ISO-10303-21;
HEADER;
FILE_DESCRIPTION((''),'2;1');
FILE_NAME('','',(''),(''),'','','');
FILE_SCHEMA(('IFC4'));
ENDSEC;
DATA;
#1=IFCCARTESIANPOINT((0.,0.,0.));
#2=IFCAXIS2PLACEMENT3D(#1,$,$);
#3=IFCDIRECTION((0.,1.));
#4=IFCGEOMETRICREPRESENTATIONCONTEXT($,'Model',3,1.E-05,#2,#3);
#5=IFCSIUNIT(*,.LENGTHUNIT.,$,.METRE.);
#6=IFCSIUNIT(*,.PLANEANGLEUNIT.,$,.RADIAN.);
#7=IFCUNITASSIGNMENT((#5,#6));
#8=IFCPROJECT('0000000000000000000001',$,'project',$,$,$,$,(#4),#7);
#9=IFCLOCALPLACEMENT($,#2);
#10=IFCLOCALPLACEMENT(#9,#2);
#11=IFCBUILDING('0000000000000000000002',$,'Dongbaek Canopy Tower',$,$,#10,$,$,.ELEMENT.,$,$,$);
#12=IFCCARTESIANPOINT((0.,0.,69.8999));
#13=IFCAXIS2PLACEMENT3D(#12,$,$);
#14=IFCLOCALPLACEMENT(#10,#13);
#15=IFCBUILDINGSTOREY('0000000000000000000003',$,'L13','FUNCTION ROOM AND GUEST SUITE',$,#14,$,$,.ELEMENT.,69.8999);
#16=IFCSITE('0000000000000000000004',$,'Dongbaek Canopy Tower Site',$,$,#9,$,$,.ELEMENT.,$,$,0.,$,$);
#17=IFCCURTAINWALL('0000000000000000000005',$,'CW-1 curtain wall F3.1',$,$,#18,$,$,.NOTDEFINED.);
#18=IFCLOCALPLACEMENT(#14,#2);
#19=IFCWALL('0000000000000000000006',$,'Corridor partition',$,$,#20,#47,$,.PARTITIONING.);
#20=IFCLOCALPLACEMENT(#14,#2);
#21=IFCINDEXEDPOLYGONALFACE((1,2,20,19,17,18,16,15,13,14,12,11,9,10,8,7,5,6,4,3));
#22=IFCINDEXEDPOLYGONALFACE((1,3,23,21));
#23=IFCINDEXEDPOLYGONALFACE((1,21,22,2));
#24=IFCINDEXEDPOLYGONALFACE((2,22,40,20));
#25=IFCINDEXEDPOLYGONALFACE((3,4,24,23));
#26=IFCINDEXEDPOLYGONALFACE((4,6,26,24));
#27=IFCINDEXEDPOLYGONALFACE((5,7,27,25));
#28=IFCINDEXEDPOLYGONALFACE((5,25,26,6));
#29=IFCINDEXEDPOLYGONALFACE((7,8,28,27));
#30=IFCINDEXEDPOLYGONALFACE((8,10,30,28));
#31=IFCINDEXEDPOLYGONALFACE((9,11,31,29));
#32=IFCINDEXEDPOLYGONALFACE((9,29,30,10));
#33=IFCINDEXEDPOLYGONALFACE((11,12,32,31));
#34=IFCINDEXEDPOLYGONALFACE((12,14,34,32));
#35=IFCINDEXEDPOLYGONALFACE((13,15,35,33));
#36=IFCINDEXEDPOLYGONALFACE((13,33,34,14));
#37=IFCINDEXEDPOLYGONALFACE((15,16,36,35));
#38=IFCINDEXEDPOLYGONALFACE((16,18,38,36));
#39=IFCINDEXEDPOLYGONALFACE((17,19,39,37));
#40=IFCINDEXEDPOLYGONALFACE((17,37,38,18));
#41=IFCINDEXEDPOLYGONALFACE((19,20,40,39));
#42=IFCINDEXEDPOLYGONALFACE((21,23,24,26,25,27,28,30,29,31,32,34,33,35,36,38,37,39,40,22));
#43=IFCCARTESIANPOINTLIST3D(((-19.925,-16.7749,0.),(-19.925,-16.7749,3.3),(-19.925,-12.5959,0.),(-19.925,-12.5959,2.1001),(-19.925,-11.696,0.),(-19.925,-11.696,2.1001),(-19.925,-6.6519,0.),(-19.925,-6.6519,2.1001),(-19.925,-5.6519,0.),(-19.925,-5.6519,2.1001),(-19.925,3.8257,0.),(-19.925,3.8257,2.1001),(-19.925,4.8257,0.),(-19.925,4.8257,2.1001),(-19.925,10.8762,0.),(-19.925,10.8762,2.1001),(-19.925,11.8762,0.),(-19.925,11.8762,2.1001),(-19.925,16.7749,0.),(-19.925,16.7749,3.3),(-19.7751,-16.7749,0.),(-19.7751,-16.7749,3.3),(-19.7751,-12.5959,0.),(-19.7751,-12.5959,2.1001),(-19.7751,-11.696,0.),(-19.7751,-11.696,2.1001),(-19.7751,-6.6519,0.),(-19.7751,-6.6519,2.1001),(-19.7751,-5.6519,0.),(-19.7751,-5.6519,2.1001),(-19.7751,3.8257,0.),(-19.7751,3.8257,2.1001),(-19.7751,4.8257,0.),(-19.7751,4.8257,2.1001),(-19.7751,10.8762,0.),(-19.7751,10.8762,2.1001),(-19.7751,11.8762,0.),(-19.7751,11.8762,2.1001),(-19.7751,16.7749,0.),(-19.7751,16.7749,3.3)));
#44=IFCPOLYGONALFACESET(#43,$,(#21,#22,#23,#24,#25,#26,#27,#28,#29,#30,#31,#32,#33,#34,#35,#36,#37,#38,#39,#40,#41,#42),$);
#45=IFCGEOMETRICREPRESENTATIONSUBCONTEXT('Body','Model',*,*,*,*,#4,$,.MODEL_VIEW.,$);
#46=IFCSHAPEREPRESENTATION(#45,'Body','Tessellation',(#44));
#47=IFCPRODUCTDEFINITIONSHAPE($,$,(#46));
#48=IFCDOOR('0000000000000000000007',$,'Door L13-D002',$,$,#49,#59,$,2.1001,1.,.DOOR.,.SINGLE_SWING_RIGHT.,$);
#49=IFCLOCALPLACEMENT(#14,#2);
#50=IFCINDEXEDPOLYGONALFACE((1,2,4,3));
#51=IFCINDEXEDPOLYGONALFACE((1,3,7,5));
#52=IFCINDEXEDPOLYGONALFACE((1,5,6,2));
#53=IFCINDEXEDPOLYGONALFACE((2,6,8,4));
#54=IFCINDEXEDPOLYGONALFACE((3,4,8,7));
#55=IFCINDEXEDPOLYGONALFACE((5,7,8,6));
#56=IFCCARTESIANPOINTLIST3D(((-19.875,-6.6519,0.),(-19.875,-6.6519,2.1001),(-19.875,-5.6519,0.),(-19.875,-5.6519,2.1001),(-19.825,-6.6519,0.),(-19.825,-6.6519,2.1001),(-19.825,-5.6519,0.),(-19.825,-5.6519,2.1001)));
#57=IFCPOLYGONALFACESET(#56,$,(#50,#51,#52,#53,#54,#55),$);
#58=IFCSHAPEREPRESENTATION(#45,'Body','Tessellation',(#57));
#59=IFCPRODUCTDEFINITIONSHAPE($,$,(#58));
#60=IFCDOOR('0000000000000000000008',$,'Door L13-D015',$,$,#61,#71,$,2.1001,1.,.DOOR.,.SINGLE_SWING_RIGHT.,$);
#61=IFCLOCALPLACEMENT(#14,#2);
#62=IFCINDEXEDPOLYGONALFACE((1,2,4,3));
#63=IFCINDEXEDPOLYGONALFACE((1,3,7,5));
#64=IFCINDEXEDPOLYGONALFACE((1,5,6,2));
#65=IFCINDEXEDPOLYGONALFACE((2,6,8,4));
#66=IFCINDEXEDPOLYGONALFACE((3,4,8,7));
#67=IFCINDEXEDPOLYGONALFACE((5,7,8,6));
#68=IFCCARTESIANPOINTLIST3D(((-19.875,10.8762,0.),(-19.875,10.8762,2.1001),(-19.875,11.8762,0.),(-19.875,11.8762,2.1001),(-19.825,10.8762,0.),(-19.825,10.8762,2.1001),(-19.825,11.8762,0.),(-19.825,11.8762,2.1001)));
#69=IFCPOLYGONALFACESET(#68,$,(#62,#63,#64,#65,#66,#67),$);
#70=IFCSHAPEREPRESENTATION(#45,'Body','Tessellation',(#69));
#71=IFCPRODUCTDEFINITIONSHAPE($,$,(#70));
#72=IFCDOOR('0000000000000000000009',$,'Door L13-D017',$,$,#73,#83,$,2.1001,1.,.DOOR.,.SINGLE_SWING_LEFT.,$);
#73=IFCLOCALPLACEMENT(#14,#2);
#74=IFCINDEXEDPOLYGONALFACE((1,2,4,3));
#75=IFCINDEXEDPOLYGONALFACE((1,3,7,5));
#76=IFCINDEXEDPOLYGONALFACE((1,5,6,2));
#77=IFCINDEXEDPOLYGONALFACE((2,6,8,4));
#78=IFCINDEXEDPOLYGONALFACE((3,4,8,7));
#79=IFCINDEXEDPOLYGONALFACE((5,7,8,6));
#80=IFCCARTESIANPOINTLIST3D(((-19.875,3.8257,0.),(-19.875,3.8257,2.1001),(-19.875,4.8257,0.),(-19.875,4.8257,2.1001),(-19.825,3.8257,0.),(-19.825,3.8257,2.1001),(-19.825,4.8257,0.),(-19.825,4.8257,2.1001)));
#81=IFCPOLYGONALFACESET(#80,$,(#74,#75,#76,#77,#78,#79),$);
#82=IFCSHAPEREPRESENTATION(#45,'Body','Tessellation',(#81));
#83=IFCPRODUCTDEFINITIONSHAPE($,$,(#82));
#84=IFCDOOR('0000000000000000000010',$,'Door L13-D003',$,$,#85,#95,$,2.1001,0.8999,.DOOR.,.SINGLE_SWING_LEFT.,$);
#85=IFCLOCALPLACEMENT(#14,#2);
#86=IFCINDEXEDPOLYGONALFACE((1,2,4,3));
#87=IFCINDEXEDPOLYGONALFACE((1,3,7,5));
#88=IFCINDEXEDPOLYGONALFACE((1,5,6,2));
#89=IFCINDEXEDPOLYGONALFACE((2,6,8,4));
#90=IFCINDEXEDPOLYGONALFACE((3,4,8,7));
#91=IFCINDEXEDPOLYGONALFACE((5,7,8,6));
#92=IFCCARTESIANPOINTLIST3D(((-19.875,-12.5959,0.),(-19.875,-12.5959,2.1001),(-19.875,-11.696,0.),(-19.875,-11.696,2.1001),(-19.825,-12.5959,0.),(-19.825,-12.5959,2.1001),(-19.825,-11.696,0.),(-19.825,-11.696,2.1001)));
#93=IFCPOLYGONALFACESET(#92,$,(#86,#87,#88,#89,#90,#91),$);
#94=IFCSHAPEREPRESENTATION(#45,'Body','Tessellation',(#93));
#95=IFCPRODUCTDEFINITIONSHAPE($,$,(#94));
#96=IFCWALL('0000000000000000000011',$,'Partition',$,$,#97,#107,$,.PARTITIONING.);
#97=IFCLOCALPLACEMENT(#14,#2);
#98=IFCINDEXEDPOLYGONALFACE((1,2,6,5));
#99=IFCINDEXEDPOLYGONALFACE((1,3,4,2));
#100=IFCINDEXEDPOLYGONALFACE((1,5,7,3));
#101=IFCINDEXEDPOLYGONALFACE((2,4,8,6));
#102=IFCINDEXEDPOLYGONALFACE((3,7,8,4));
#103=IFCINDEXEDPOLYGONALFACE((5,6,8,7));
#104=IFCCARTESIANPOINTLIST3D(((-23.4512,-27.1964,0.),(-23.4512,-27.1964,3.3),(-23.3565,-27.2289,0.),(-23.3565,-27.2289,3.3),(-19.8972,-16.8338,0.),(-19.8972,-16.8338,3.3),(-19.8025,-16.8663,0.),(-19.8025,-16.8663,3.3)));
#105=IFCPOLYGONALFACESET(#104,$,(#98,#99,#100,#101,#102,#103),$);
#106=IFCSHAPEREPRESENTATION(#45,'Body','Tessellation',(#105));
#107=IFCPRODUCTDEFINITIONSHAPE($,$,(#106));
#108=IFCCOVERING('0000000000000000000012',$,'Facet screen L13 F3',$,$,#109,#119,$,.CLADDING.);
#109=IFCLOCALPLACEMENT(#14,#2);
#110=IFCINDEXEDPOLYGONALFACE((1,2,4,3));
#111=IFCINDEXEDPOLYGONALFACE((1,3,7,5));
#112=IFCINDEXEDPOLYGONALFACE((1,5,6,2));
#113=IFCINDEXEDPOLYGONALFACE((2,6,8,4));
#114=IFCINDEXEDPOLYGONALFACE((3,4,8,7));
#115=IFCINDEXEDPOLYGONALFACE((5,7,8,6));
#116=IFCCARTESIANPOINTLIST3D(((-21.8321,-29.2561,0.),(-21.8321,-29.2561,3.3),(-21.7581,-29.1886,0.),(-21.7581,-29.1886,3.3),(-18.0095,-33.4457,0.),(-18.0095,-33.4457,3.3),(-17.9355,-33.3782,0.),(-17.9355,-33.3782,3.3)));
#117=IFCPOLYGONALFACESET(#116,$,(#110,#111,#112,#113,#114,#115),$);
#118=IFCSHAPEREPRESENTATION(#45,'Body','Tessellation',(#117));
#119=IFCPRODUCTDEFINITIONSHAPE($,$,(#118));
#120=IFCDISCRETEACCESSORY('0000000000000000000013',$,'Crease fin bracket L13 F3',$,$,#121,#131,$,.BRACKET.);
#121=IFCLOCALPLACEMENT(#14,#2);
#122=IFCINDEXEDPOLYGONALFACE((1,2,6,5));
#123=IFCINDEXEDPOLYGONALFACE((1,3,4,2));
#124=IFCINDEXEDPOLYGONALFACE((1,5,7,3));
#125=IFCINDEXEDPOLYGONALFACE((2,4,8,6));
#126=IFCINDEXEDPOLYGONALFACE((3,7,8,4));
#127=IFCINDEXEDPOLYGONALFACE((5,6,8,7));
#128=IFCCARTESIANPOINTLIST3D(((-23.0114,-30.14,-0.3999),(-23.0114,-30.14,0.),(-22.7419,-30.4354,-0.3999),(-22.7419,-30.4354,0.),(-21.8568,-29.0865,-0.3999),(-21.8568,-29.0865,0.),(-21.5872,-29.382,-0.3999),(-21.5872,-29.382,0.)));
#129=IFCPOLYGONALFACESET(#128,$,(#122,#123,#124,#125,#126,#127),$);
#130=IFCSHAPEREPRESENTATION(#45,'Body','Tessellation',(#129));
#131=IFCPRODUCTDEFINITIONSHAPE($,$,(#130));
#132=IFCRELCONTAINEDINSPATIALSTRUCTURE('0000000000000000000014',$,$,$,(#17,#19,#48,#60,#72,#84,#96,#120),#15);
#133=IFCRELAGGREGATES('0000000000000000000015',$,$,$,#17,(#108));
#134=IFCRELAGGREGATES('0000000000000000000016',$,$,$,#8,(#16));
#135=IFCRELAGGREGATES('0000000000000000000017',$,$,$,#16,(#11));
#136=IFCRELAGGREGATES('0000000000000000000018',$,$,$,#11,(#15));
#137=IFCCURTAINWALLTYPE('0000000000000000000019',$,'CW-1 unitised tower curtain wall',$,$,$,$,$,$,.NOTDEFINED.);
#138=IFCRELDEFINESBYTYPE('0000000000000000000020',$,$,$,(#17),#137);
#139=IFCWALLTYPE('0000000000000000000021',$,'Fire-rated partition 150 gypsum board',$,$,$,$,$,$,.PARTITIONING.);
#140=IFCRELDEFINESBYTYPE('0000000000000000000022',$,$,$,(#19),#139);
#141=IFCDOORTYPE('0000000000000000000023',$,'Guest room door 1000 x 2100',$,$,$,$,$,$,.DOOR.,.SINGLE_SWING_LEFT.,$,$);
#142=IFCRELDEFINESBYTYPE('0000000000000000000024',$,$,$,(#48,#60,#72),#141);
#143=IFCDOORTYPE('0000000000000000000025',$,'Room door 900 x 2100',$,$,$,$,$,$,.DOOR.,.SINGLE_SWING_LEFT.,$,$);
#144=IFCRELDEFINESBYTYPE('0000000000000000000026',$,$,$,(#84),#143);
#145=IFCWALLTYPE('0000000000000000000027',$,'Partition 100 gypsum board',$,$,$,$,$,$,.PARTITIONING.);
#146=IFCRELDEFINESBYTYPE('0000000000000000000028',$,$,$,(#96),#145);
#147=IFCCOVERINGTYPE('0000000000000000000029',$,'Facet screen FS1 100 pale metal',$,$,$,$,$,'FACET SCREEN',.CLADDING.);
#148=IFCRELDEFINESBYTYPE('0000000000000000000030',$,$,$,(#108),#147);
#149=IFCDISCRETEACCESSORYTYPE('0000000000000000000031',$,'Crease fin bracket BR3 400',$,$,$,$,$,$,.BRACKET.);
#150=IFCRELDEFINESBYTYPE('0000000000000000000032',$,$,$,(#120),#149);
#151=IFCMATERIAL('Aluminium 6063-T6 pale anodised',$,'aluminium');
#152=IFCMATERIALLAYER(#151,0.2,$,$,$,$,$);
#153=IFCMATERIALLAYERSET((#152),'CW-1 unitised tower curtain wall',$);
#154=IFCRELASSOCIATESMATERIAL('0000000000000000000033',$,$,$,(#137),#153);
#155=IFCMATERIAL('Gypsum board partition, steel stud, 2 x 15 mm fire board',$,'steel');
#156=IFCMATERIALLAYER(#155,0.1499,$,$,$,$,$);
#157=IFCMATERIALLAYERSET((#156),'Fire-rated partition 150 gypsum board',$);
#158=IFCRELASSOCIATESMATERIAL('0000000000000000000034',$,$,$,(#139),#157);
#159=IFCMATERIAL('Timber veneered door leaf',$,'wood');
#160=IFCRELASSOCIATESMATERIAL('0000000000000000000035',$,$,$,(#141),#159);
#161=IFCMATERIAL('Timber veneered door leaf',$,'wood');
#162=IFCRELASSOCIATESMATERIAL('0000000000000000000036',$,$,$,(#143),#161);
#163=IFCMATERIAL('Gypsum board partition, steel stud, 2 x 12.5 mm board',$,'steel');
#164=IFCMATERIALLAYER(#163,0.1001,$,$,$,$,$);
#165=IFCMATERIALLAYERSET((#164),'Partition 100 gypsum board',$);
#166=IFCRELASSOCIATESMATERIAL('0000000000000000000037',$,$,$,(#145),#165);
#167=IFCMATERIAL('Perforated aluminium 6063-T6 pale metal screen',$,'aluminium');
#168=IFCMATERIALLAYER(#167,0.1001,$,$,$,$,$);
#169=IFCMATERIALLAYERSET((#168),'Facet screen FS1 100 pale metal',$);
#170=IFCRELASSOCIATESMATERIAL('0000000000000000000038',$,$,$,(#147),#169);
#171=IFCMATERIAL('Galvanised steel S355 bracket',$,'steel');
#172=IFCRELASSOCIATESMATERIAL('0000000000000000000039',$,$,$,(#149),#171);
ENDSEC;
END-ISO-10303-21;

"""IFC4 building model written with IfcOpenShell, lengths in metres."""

from ifc_helpers import new_model, si_unit, direction, frame, frame_2d, origin, origin_2d, place, context, subcontext, project, spatial, rectangle, extrude, material, layer, layer_set, type_object, element, fill, aggregate, save


model = new_model("IFC4")

# Units and contexts
model_context = context("Model", 3, precision=1e-05, world=origin(), true_north=direction((0.0, 1.0)))
body_context = subcontext(model_context, "Body", "Model", "MODEL_VIEW")
ifc_project = project(units=[si_unit("LENGTHUNIT", "METRE"), si_unit("PLANEANGLEUNIT", "RADIAN")], contexts=[model_context])

# Site, building, storey
site_placement = place(None, origin())
site = spatial("IfcSite", under=ifc_project, at=site_placement, Name="Dongbaek Canopy Tower Site", CompositionType="ELEMENT", RefElevation=0.0)
building_placement = place(site_placement, origin())
building = spatial("IfcBuilding", under=site, at=building_placement, Name="Dongbaek Canopy Tower", CompositionType="ELEMENT")
storey_placement = place(building_placement, frame((0.0, 0.0, 69.8999)))
storey = spatial("IfcBuildingStorey", under=building, at=storey_placement, Name="L13", Description="FUNCTION ROOM AND GUEST SUITE", CompositionType="ELEMENT", Elevation=69.8999)

# Curtain wall
ifc_material_1 = material(Name="Aluminium 6063-T6 pale anodised", Category="aluminium")
ifc_layer_1 = layer(ifc_material_1, 0.2)
ifc_layer_set_1 = layer_set([ifc_layer_1], Name="CW-1 unitised tower curtain wall")
curtain_wall_type = type_object("IfcCurtainWallType", Name="CW-1 unitised tower curtain wall", PredefinedType="NOTDEFINED", material=ifc_layer_set_1)
curtain_wall_placement = place(storey_placement, origin())
curtain_wall = element("IfcCurtainWall", 1, at=curtain_wall_placement, inside=storey, type_object=curtain_wall_type, Name="CW-1 curtain wall F3.1", PredefinedType="NOTDEFINED")

# Wall, openings, doors
ifc_material_2 = material(Name="Gypsum board partition, steel stud, 2 x 15 mm fire board", Category="steel")
ifc_layer_2 = layer(ifc_material_2, 0.1499)
ifc_layer_set_2 = layer_set([ifc_layer_2], Name="Fire-rated partition 150 gypsum board")
wall_type_1 = type_object("IfcWallType", Name="Fire-rated partition 150 gypsum board", PredefinedType="PARTITIONING", material=ifc_layer_set_2)
wall_1_placement = place(storey_placement, frame((-19.8501, -16.7749, 0.0), z_axis=(0.0, 0.0, 1.0), x_axis=(0.0, 1.0, 0.0)))
wall_1 = element("IfcWall", 2, at=wall_1_placement, inside=storey, type_object=wall_type_1, Name="Corridor partition", PredefinedType="PARTITIONING", context=body_context, shape_type="SweptSolid", body=[
    extrude(rectangle(XDim=33.5498, YDim=0.1499, at=frame_2d((16.7749, 0.0))), origin(), (0.0, 0.0, 1.0), 3.3),
])
opening_1_placement = place(wall_1_placement, frame((10.123, 0.0, 0.0)))
opening_1 = element("IfcOpeningElement", 3, at=opening_1_placement, cuts=wall_1, PredefinedType="OPENING", context=body_context, shape_type="SweptSolid", body=[
    extrude(rectangle(XDim=1.0, YDim=2.1001, at=frame_2d((0.5, 1.05))), frame((0.0, 0.085, 0.0), z_axis=(0.0, -1.0, 0.0), x_axis=(1.0, 0.0, 0.0)), (0.0, 0.0, 1.0), 0.1699),
])
opening_2_placement = place(wall_1_placement, frame((4.179, 0.0, 0.0)))
opening_2 = element("IfcOpeningElement", 4, at=opening_2_placement, cuts=wall_1, PredefinedType="OPENING", context=body_context, shape_type="SweptSolid", body=[
    extrude(rectangle(XDim=0.8999, YDim=2.1001, at=frame_2d((0.45, 1.05))), frame((0.0, 0.085, 0.0), z_axis=(0.0, -1.0, 0.0), x_axis=(1.0, 0.0, 0.0)), (0.0, 0.0, 1.0), 0.1699),
])
opening_3_placement = place(wall_1_placement, frame((27.6511, 0.0, 0.0)))
opening_3 = element("IfcOpeningElement", 5, at=opening_3_placement, cuts=wall_1, PredefinedType="OPENING", context=body_context, shape_type="SweptSolid", body=[
    extrude(rectangle(XDim=1.0, YDim=2.1001, at=frame_2d((0.5, 1.05))), frame((0.0, 0.085, 0.0), z_axis=(0.0, -1.0, 0.0), x_axis=(1.0, 0.0, 0.0)), (0.0, 0.0, 1.0), 0.1699),
])
opening_4_placement = place(wall_1_placement, frame((20.6006, 0.0, 0.0)))
opening_4 = element("IfcOpeningElement", 6, at=opening_4_placement, cuts=wall_1, PredefinedType="OPENING", context=body_context, shape_type="SweptSolid", body=[
    extrude(rectangle(XDim=1.0, YDim=2.1001, at=frame_2d((0.5, 1.05))), frame((0.0, 0.085, 0.0), z_axis=(0.0, -1.0, 0.0), x_axis=(1.0, 0.0, 0.0)), (0.0, 0.0, 1.0), 0.1699),
])
ifc_material_3 = material(Name="Timber veneered door leaf", Category="wood")
door_type_1 = type_object("IfcDoorType", Name="Guest room door 1000 x 2100", OperationType="SINGLE_SWING_LEFT", PredefinedType="DOOR", material=ifc_material_3)
door_1_placement = place(opening_1_placement, origin())
door_1 = element("IfcDoor", 7, at=door_1_placement, inside=storey, type_object=door_type_1, Name="Door L13-D002", OperationType="SINGLE_SWING_RIGHT", OverallHeight=2.1001, OverallWidth=1.0, PredefinedType="DOOR", context=body_context, shape_type="SweptSolid", body=[
    extrude(rectangle(XDim=1.0, YDim=2.1001, at=frame_2d((0.5, 1.05))), frame((0.0, 0.0249, 0.0), z_axis=(0.0, -1.0, 0.0), x_axis=(1.0, 0.0, 0.0)), (0.0, 0.0, 1.0), 0.05),
])
fill(opening_1, door_1)
door_2_placement = place(opening_3_placement, origin())
door_2 = element("IfcDoor", 8, at=door_2_placement, inside=storey, type_object=door_type_1, Name="Door L13-D015", OperationType="SINGLE_SWING_RIGHT", OverallHeight=2.1001, OverallWidth=1.0, PredefinedType="DOOR", context=body_context, shape_type="SweptSolid", body=[
    extrude(rectangle(XDim=1.0, YDim=2.1001, at=frame_2d((0.5, 1.05))), frame((0.0, 0.0249, 0.0), z_axis=(0.0, -1.0, 0.0), x_axis=(1.0, 0.0, 0.0)), (0.0, 0.0, 1.0), 0.05),
])
fill(opening_3, door_2)
door_3_placement = place(opening_4_placement, origin())
door_3 = element("IfcDoor", 9, at=door_3_placement, inside=storey, type_object=door_type_1, Name="Door L13-D017", OperationType="SINGLE_SWING_LEFT", OverallHeight=2.1001, OverallWidth=1.0, PredefinedType="DOOR", context=body_context, shape_type="SweptSolid", body=[
    extrude(rectangle(XDim=1.0, YDim=2.1001, at=frame_2d((0.5, 1.05))), frame((0.0, 0.0249, 0.0), z_axis=(0.0, -1.0, 0.0), x_axis=(1.0, 0.0, 0.0)), (0.0, 0.0, 1.0), 0.05),
])
fill(opening_4, door_3)
ifc_material_4 = material(Name="Timber veneered door leaf", Category="wood")
door_type_2 = type_object("IfcDoorType", Name="Room door 900 x 2100", OperationType="SINGLE_SWING_LEFT", PredefinedType="DOOR", material=ifc_material_4)
door_4_placement = place(opening_2_placement, origin())
door_4 = element("IfcDoor", 10, at=door_4_placement, inside=storey, type_object=door_type_2, Name="Door L13-D003", OperationType="SINGLE_SWING_LEFT", OverallHeight=2.1001, OverallWidth=0.8999, PredefinedType="DOOR", context=body_context, shape_type="SweptSolid", body=[
    extrude(rectangle(XDim=0.8999, YDim=2.1001, at=frame_2d((0.45, 1.05))), frame((0.0, 0.0249, 0.0), z_axis=(0.0, -1.0, 0.0), x_axis=(1.0, 0.0, 0.0)), (0.0, 0.0, 1.0), 0.05),
])
fill(opening_2, door_4)

# Wall
ifc_material_5 = material(Name="Gypsum board partition, steel stud, 2 x 12.5 mm board", Category="steel")
ifc_layer_3 = layer(ifc_material_5, 0.1001)
ifc_layer_set_3 = layer_set([ifc_layer_3], Name="Partition 100 gypsum board")
wall_type_2 = type_object("IfcWallType", Name="Partition 100 gypsum board", PredefinedType="PARTITIONING", material=ifc_layer_set_3)
wall_2_placement = place(storey_placement, frame((-23.4038, -27.2126, 0.0), z_axis=(0.0, 0.0, 1.0), x_axis=(0.324413, 0.945916, 0.0)))
element("IfcWall", 11, at=wall_2_placement, inside=storey, type_object=wall_type_2, Name="Partition", PredefinedType="PARTITIONING", context=body_context, shape_type="SweptSolid", body=[
    extrude(rectangle(XDim=10.9551, YDim=0.1001, at=frame_2d((5.4775, 0.0))), origin(), (0.0, 0.0, 1.0), 3.3),
])

# Covering
ifc_material_6 = material(Name="Perforated aluminium 6063-T6 pale metal screen", Category="aluminium")
ifc_layer_4 = layer(ifc_material_6, 0.1001)
ifc_layer_set_4 = layer_set([ifc_layer_4], Name="Facet screen FS1 100 pale metal")
covering_type = type_object("IfcCoveringType", Name="Facet screen FS1 100 pale metal", ElementType="FACET SCREEN", PredefinedType="CLADDING", material=ifc_layer_set_4)
covering_placement = place(storey_placement, frame((-19.8838, -31.3171, 0.0), z_axis=(0.0, 0.0, 1.0), x_axis=(0.674012, -0.73872, 0.0)))
covering = element("IfcCovering", 12, at=covering_placement, type_object=covering_type, Name="Facet screen L13 F3", PredefinedType="CLADDING", context=body_context, shape_type="SweptSolid", body=[
    extrude(rectangle(XDim=5.6714, YDim=0.1001, at=origin_2d()), origin(), (0.0, 0.0, 1.0), 3.3),
])
aggregate(curtain_wall, [covering])

# Discrete accessory
ifc_material_7 = material(Name="Galvanised steel S355 bracket", Category="steel")
discrete_accessory_type = type_object("IfcDiscreteAccessoryType", Name="Crease fin bracket BR3 400", PredefinedType="BRACKET", material=ifc_material_7)
discrete_accessory_placement = place(storey_placement, frame((-22.2993, -29.761, -0.3999), z_axis=(0.0, 0.0, 1.0), x_axis=(-0.73872, -0.674012, 0.0)))
element("IfcDiscreteAccessory", 13, at=discrete_accessory_placement, inside=storey, type_object=discrete_accessory_type, Name="Crease fin bracket L13 F3", PredefinedType="BRACKET", context=body_context, shape_type="SweptSolid", body=[
    extrude(rectangle(XDim=1.563, YDim=0.3999, at=origin_2d()), origin(), (0.0, 0.0, 1.0), 0.3999),
])

save(model, "model.ifc")
